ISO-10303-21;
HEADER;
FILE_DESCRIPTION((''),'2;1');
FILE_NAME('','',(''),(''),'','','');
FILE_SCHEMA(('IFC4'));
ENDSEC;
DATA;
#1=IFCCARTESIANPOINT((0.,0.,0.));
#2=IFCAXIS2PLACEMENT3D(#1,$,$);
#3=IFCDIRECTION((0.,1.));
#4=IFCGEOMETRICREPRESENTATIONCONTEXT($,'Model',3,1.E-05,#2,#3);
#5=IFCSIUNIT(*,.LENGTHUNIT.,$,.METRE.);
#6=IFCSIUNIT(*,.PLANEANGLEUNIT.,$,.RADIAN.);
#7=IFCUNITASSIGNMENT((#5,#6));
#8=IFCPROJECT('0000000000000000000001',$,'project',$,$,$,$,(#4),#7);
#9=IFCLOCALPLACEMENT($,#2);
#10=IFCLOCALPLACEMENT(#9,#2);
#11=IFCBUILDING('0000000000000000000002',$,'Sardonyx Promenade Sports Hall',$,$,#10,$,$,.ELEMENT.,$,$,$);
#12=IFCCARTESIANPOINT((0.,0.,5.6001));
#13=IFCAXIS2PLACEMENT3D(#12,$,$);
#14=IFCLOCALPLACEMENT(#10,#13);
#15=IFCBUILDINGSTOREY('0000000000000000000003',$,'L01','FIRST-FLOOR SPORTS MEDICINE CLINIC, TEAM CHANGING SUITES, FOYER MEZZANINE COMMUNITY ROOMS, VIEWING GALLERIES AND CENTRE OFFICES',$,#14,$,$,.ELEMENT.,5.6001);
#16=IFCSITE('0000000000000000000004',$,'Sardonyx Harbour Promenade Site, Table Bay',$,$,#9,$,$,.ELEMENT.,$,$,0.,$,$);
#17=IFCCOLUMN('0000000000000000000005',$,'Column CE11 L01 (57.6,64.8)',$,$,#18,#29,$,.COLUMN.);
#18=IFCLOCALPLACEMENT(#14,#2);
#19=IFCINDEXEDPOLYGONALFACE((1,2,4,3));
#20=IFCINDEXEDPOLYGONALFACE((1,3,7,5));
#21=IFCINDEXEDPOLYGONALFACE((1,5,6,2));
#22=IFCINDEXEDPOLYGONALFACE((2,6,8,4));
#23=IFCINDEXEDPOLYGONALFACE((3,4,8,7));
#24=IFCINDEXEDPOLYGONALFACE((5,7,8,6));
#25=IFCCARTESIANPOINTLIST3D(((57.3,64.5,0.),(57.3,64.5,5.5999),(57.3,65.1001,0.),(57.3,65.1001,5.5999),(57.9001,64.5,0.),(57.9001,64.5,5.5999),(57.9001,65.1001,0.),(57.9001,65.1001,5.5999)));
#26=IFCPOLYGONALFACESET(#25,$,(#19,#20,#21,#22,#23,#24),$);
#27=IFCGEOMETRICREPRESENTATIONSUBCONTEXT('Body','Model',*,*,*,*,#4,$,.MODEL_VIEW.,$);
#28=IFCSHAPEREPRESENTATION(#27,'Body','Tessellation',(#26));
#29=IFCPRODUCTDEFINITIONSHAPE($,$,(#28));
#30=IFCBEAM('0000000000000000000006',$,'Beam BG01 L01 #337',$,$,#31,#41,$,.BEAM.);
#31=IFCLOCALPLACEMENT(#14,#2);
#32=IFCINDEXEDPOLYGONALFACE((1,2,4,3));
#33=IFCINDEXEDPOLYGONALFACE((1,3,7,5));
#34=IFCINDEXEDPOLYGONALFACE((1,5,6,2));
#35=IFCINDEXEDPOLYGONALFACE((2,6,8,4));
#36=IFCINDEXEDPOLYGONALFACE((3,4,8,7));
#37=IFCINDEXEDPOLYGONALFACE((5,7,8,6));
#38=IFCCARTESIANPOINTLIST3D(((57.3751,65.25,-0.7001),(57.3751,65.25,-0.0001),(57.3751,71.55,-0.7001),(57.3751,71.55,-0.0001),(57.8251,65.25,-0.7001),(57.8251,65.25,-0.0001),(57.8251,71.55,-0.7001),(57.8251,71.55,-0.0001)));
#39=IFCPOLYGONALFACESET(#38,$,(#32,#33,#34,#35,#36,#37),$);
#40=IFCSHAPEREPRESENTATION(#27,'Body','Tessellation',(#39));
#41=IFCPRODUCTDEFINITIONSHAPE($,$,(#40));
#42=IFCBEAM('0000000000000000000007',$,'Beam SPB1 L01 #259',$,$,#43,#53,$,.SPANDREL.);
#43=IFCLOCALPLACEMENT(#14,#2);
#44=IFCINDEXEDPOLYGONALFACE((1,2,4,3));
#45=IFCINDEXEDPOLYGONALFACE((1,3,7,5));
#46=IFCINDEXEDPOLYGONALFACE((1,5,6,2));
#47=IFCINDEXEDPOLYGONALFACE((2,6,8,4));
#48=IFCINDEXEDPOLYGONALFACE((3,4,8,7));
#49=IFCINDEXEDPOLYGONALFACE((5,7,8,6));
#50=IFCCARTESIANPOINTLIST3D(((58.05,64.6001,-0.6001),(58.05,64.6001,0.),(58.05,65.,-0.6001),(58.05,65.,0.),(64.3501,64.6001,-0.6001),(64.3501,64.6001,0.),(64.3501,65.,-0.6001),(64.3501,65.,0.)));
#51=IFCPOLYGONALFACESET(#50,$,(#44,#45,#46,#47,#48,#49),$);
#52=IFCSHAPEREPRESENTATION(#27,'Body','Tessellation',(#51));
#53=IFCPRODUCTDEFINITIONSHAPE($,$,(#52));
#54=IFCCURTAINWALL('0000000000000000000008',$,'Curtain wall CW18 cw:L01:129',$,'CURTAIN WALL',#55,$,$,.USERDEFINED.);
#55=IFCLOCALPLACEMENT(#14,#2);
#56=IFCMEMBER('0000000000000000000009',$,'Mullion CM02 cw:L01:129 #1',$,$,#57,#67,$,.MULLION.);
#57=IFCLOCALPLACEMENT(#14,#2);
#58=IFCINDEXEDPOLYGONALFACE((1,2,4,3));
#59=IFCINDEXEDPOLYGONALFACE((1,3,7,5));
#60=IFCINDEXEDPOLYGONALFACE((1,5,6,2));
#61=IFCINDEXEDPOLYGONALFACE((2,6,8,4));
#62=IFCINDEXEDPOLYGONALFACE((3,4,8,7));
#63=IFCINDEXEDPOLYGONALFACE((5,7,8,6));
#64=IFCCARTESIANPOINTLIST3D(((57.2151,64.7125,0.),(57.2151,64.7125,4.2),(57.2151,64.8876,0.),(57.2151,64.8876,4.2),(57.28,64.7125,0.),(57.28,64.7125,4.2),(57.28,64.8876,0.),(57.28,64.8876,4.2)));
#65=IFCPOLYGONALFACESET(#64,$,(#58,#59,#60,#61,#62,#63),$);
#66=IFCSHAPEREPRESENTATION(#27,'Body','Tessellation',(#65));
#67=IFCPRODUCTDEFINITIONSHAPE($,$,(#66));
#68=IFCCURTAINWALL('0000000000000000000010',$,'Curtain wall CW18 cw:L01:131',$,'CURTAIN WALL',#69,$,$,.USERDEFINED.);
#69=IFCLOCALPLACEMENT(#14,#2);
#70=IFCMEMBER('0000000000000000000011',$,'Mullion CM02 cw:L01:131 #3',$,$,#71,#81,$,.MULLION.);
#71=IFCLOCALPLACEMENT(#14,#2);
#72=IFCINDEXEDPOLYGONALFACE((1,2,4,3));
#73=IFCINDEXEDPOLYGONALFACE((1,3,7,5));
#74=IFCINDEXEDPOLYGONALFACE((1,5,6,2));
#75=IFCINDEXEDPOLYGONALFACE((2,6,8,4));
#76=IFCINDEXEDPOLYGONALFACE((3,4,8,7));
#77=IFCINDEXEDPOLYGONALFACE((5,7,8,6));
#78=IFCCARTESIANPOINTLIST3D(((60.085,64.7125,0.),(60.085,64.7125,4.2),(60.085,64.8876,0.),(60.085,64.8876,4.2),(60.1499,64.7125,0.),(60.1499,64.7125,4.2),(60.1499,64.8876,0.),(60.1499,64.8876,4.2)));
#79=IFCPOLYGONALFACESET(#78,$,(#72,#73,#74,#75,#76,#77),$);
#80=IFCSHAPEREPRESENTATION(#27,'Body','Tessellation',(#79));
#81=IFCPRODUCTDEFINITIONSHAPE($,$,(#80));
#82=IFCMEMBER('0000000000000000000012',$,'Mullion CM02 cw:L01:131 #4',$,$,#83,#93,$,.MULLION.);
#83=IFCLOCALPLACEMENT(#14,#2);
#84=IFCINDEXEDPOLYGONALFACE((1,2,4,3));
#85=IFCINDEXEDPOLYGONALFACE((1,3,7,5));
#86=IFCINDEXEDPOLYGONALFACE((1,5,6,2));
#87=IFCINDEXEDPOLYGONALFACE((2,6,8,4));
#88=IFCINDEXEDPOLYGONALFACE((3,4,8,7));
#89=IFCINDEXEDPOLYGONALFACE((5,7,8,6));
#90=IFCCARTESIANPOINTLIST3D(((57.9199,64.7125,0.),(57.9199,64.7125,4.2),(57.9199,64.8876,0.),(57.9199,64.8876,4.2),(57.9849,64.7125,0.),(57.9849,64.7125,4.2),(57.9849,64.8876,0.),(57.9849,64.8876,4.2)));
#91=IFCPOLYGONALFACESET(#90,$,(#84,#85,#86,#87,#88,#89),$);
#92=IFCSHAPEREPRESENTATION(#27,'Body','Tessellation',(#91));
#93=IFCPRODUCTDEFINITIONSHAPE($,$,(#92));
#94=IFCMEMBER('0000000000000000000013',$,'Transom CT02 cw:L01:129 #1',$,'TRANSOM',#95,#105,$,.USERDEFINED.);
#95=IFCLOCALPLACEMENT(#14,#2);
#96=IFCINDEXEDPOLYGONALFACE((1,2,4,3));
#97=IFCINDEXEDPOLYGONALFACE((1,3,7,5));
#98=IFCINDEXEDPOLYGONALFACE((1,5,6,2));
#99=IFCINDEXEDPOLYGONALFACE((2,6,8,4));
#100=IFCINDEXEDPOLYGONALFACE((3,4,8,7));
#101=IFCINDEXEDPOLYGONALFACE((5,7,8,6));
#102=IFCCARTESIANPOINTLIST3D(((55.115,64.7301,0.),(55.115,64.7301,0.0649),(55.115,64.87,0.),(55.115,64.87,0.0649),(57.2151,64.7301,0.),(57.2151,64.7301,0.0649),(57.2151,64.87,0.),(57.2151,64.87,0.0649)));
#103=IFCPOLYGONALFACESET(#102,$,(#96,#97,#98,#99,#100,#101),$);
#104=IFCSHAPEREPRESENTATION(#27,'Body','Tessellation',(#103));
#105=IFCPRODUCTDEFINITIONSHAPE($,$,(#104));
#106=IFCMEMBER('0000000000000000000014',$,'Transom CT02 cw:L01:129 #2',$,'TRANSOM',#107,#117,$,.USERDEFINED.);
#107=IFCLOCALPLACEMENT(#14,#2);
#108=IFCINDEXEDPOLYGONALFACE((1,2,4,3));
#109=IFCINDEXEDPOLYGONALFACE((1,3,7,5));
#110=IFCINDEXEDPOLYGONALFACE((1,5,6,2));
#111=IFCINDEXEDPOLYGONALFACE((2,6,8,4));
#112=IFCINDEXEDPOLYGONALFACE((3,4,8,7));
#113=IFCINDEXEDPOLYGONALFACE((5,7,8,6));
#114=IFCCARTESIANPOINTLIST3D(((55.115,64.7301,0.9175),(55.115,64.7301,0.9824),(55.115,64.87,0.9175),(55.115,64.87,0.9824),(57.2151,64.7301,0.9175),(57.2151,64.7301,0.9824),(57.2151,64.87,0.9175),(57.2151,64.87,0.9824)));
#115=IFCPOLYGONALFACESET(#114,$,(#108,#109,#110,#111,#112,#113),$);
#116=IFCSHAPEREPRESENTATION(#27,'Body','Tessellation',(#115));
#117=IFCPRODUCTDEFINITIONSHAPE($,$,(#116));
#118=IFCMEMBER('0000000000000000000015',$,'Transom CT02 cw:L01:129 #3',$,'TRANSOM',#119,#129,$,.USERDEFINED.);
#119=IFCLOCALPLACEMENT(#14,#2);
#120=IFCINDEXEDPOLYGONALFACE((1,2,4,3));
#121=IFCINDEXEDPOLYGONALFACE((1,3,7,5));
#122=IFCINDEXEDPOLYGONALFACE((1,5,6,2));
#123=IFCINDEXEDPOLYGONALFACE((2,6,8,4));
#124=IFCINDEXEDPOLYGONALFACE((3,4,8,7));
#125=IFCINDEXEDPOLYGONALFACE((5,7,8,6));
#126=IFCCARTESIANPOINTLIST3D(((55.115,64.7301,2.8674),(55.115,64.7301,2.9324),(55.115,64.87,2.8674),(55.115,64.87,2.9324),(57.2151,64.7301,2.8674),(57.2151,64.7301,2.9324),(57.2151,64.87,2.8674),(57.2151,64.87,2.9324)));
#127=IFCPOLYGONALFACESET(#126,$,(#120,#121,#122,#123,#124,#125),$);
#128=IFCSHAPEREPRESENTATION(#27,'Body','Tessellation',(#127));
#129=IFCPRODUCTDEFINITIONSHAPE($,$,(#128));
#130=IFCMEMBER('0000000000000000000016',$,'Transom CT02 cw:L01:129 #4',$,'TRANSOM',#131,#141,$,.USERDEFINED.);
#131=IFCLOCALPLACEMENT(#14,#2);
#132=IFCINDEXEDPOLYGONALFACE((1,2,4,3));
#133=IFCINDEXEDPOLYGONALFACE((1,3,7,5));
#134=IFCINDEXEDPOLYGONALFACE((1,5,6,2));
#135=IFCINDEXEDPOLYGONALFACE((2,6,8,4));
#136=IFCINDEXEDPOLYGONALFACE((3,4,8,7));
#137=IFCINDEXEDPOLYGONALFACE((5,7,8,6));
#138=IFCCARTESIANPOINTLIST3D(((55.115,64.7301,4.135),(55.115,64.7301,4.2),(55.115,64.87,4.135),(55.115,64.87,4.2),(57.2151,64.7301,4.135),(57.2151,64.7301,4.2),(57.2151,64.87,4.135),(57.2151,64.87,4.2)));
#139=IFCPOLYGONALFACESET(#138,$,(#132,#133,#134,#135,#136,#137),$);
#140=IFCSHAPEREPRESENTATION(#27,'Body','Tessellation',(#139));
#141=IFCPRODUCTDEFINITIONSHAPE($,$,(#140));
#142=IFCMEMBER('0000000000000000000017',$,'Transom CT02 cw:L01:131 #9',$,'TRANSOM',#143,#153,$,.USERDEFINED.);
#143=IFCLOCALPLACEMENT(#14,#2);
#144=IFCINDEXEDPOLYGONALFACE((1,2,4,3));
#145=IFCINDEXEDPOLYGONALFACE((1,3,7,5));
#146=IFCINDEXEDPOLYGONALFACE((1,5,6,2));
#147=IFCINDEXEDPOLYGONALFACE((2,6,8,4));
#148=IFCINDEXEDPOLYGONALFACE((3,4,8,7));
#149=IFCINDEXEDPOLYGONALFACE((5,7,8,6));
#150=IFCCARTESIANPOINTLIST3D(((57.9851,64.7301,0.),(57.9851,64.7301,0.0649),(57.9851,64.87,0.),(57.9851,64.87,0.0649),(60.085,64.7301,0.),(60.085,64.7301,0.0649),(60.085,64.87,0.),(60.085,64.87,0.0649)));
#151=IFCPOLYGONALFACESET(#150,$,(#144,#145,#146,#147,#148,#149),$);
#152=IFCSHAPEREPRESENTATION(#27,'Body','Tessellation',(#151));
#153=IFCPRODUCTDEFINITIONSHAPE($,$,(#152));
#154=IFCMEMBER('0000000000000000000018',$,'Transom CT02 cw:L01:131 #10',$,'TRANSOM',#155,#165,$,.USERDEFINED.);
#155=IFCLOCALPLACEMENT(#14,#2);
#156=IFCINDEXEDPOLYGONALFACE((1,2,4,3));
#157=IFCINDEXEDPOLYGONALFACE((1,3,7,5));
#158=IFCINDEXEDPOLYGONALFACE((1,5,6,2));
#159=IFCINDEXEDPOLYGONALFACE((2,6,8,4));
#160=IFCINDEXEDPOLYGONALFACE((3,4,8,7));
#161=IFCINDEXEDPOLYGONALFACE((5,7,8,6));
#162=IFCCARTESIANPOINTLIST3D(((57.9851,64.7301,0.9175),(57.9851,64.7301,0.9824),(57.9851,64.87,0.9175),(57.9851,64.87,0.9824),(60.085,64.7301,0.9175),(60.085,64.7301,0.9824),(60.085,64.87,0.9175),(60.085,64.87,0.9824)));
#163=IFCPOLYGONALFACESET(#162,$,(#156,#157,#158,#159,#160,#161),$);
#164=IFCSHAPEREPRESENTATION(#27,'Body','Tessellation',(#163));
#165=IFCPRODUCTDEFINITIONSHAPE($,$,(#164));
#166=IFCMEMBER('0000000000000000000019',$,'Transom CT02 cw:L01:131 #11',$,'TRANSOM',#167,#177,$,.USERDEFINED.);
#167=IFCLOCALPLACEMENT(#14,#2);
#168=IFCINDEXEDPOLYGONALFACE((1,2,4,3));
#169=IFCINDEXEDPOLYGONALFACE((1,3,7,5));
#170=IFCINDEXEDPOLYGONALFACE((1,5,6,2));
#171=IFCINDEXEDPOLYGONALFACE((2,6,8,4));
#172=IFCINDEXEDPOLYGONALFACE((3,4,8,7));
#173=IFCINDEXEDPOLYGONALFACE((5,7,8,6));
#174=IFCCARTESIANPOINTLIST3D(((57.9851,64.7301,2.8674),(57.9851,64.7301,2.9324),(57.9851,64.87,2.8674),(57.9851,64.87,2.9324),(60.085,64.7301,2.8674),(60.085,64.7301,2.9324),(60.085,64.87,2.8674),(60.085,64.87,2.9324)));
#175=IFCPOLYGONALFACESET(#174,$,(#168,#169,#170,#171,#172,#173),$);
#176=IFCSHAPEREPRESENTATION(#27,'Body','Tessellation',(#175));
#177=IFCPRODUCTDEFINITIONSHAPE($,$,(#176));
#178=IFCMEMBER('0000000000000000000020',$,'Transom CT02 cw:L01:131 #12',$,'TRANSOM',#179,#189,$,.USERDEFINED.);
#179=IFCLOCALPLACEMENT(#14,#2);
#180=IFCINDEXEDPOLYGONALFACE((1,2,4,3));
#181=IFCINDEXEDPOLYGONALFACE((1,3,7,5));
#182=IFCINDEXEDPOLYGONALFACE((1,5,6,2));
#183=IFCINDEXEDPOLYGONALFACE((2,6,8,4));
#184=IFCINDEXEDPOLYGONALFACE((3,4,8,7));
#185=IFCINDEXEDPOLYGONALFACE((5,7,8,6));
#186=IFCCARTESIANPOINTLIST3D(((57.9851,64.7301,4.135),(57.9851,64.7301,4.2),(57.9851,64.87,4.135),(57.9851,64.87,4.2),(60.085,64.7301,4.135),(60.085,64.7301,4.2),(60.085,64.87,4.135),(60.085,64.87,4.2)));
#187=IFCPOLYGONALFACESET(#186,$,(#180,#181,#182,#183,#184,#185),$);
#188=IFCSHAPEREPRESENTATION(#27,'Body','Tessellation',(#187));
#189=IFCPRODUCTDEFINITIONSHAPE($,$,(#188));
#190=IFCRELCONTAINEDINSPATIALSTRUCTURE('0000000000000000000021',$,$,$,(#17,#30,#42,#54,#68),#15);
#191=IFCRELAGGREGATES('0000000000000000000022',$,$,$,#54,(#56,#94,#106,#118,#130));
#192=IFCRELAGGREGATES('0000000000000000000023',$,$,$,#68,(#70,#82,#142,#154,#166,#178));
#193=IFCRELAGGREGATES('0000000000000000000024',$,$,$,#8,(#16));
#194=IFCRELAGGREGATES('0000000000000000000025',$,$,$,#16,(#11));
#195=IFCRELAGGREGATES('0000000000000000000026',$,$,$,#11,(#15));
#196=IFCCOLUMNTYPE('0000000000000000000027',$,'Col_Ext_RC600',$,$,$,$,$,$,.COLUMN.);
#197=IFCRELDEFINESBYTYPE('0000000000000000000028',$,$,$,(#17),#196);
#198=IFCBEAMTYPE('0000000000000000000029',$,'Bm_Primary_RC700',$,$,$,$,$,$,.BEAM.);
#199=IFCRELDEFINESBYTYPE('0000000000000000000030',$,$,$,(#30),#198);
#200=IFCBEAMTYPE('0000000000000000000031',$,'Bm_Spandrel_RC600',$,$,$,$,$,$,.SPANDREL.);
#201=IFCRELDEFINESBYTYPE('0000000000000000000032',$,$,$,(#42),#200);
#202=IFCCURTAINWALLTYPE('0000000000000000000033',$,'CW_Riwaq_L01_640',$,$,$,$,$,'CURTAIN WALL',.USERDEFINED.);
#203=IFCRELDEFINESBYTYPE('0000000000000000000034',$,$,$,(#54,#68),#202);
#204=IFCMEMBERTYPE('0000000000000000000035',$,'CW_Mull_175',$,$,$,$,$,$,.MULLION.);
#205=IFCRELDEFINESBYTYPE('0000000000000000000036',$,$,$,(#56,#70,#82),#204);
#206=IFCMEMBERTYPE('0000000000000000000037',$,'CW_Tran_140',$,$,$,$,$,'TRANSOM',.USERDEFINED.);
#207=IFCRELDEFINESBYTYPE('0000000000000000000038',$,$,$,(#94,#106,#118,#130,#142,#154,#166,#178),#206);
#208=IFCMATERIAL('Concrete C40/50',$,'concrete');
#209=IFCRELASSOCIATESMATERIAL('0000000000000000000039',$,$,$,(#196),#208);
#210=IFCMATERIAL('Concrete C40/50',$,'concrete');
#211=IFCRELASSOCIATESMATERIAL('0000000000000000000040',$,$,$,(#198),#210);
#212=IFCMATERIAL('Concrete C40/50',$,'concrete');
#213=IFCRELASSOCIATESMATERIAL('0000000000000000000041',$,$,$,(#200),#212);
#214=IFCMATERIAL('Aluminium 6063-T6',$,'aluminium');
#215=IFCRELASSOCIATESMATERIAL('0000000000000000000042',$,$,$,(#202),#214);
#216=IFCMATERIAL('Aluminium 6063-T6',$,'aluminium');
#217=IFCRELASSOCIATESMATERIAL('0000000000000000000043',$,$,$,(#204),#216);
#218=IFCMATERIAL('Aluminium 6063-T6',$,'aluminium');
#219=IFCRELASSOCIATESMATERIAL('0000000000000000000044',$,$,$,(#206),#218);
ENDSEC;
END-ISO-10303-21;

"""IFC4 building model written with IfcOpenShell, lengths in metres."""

from ifc_helpers import new_model, si_unit, direction, frame, origin, origin_2d, place, context, subcontext, project, spatial, rectangle, extrude, material, material_profile, profile_set, type_object, element, aggregate, save


model = new_model("IFC4")

# Units and contexts
model_context = context("Model", 3, precision=1e-05, world=origin(), true_north=direction((0.0, 1.0)))
body_context = subcontext(model_context, "Body", "Model", "MODEL_VIEW")
ifc_project = project(units=[si_unit("LENGTHUNIT", "METRE"), si_unit("PLANEANGLEUNIT", "RADIAN")], contexts=[model_context])

# Site, building, storey
site_placement = place(None, origin())
site = spatial("IfcSite", under=ifc_project, at=site_placement, Name="Sardonyx Harbour Promenade Site, Table Bay", CompositionType="ELEMENT", RefElevation=0.0)
building_placement = place(site_placement, origin())
building = spatial("IfcBuilding", under=site, at=building_placement, Name="Sardonyx Promenade Sports Hall", CompositionType="ELEMENT")
storey_placement = place(building_placement, frame((0.0, 0.0, 5.6001)))
storey = spatial("IfcBuildingStorey", under=building, at=storey_placement, Name="L01", Description="FIRST-FLOOR SPORTS MEDICINE CLINIC, TEAM CHANGING SUITES, FOYER MEZZANINE COMMUNITY ROOMS, VIEWING GALLERIES AND CENTRE OFFICES", CompositionType="ELEMENT", Elevation=5.6001)

# Column
ifc_material_1 = material(Name="Concrete C40/50", Category="concrete")
ifc_material_profile_1 = material_profile(ifc_material_1, rectangle(XDim=0.6001, YDim=0.6001, at=origin_2d()))
ifc_profile_set_1 = profile_set([ifc_material_profile_1], Name="Concrete C40/50")
column_type = type_object("IfcColumnType", Name="Col_Ext_RC600", PredefinedType="COLUMN", material=ifc_profile_set_1)
column_placement = place(storey_placement, frame((57.6001, 64.8, 0.0), z_axis=(0.0, 0.0, 1.0), x_axis=(1.0, 0.0, 0.0)))
element("IfcColumn", 1, at=column_placement, inside=storey, type_object=column_type, Name="Column CE11 L01 (57.6,64.8)", PredefinedType="COLUMN", context=body_context, shape_type="SweptSolid", body=[
    extrude(rectangle(XDim=0.6001, YDim=0.6001, at=origin_2d()), origin(), (0.0, 0.0, 1.0), 5.5999),
])

# Beams
ifc_material_2 = material(Name="Concrete C40/50", Category="concrete")
ifc_material_profile_2 = material_profile(ifc_material_2, rectangle(XDim=0.45, YDim=0.7, at=origin_2d()))
ifc_profile_set_2 = profile_set([ifc_material_profile_2], Name="Concrete C40/50")
beam_type_1 = type_object("IfcBeamType", Name="Bm_Primary_RC700", PredefinedType="BEAM", material=ifc_profile_set_2)
beam_1_placement = place(storey_placement, frame((57.6001, 65.25, -0.3501), z_axis=(0.0, 1.0, 0.0), x_axis=(-1.0, 0.0, 0.0)))
element("IfcBeam", 2, at=beam_1_placement, inside=storey, type_object=beam_type_1, Name="Beam BG01 L01 #337", PredefinedType="BEAM", context=body_context, shape_type="SweptSolid", body=[
    extrude(rectangle(XDim=0.45, YDim=0.7, at=origin_2d()), origin(), (0.0, 0.0, 1.0), 6.3),
])
ifc_material_3 = material(Name="Concrete C40/50", Category="concrete")
ifc_material_profile_3 = material_profile(ifc_material_3, rectangle(XDim=0.3999, YDim=0.6001, at=origin_2d()))
ifc_profile_set_3 = profile_set([ifc_material_profile_3], Name="Concrete C40/50")
beam_type_2 = type_object("IfcBeamType", Name="Bm_Spandrel_RC600", PredefinedType="SPANDREL", material=ifc_profile_set_3)
beam_2_placement = place(storey_placement, frame((58.05, 64.8, -0.3), z_axis=(1.0, 0.0, 0.0), x_axis=(0.0, 1.0, 0.0)))
element("IfcBeam", 3, at=beam_2_placement, inside=storey, type_object=beam_type_2, Name="Beam SPB1 L01 #259", PredefinedType="SPANDREL", context=body_context, shape_type="SweptSolid", body=[
    extrude(rectangle(XDim=0.3999, YDim=0.6001, at=origin_2d()), origin(), (0.0, 0.0, 1.0), 6.3),
])

# Curtain wall, member
ifc_material_4 = material(Name="Aluminium 6063-T6", Category="aluminium")
curtain_wall_type = type_object("IfcCurtainWallType", Name="CW_Riwaq_L01_640", ElementType="CURTAIN WALL", PredefinedType="USERDEFINED", material=ifc_material_4)
curtain_wall_1_placement = place(storey_placement, origin())
curtain_wall_1 = element("IfcCurtainWall", 4, at=curtain_wall_1_placement, inside=storey, type_object=curtain_wall_type, Name="Curtain wall CW18 cw:L01:129", ObjectType="CURTAIN WALL", PredefinedType="USERDEFINED")
ifc_material_5 = material(Name="Aluminium 6063-T6", Category="aluminium")
ifc_material_profile_4 = material_profile(ifc_material_5, rectangle(XDim=0.0649, YDim=0.175, at=origin_2d()))
ifc_profile_set_4 = profile_set([ifc_material_profile_4], Name="Aluminium 6063-T6")
member_type_1 = type_object("IfcMemberType", Name="CW_Mull_175", PredefinedType="MULLION", material=ifc_profile_set_4)
member_1_placement = place(storey_placement, frame((57.2476, 64.8, 0.0), z_axis=(0.0, 0.0, 1.0), x_axis=(-1.0, 0.0, 0.0)))
member_1 = element("IfcMember", 5, at=member_1_placement, type_object=member_type_1, Name="Mullion CM02 cw:L01:129 #1", PredefinedType="MULLION", context=body_context, shape_type="SweptSolid", body=[
    extrude(rectangle(XDim=0.0649, YDim=0.175, at=origin_2d()), origin(), (0.0, 0.0, 1.0), 4.2),
])

# Curtain wall, members
curtain_wall_2_placement = place(storey_placement, origin())
curtain_wall_2 = element("IfcCurtainWall", 6, at=curtain_wall_2_placement, inside=storey, type_object=curtain_wall_type, Name="Curtain wall CW18 cw:L01:131", ObjectType="CURTAIN WALL", PredefinedType="USERDEFINED")
member_2_placement = place(storey_placement, frame((60.1174, 64.8, 0.0), z_axis=(0.0, 0.0, 1.0), x_axis=(-1.0, 0.0, 0.0)))
member_2 = element("IfcMember", 7, at=member_2_placement, type_object=member_type_1, Name="Mullion CM02 cw:L01:131 #3", PredefinedType="MULLION", context=body_context, shape_type="SweptSolid", body=[
    extrude(rectangle(XDim=0.0649, YDim=0.175, at=origin_2d()), origin(), (0.0, 0.0, 1.0), 4.2),
])
member_3_placement = place(storey_placement, frame((57.9524, 64.8, 0.0), z_axis=(0.0, 0.0, 1.0), x_axis=(-1.0, 0.0, 0.0)))
member_3 = element("IfcMember", 8, at=member_3_placement, type_object=member_type_1, Name="Mullion CM02 cw:L01:131 #4", PredefinedType="MULLION", context=body_context, shape_type="SweptSolid", body=[
    extrude(rectangle(XDim=0.0649, YDim=0.175, at=origin_2d()), origin(), (0.0, 0.0, 1.0), 4.2),
])

# Members
ifc_material_6 = material(Name="Aluminium 6063-T6", Category="aluminium")
ifc_material_profile_5 = material_profile(ifc_material_6, rectangle(XDim=0.0649, YDim=0.1399, at=origin_2d()))
ifc_profile_set_5 = profile_set([ifc_material_profile_5], Name="Aluminium 6063-T6")
member_type_2 = type_object("IfcMemberType", Name="CW_Tran_140", ElementType="TRANSOM", PredefinedType="USERDEFINED", material=ifc_profile_set_5)
member_4_placement = place(storey_placement, frame((57.2151, 64.8, 0.0325), z_axis=(-1.0, 0.0, 0.0), x_axis=(0.0, 0.0, 1.0)))
member_4 = element("IfcMember", 9, at=member_4_placement, type_object=member_type_2, Name="Transom CT02 cw:L01:129 #1", ObjectType="TRANSOM", PredefinedType="USERDEFINED", context=body_context, shape_type="SweptSolid", body=[
    extrude(rectangle(XDim=0.0649, YDim=0.1399, at=origin_2d()), origin(), (0.0, 0.0, 1.0), 2.1001),
])
member_5_placement = place(storey_placement, frame((57.2151, 64.8, 0.95), z_axis=(-1.0, 0.0, 0.0), x_axis=(0.0, 0.0, 1.0)))
member_5 = element("IfcMember", 10, at=member_5_placement, type_object=member_type_2, Name="Transom CT02 cw:L01:129 #2", ObjectType="TRANSOM", PredefinedType="USERDEFINED", context=body_context, shape_type="SweptSolid", body=[
    extrude(rectangle(XDim=0.0649, YDim=0.1399, at=origin_2d()), origin(), (0.0, 0.0, 1.0), 2.1001),
])
member_6_placement = place(storey_placement, frame((57.2151, 64.8, 2.8999), z_axis=(-1.0, 0.0, 0.0), x_axis=(0.0, 0.0, 1.0)))
member_6 = element("IfcMember", 11, at=member_6_placement, type_object=member_type_2, Name="Transom CT02 cw:L01:129 #3", ObjectType="TRANSOM", PredefinedType="USERDEFINED", context=body_context, shape_type="SweptSolid", body=[
    extrude(rectangle(XDim=0.0649, YDim=0.1399, at=origin_2d()), origin(), (0.0, 0.0, 1.0), 2.1001),
])
member_7_placement = place(storey_placement, frame((57.2151, 64.8, 4.1675), z_axis=(-1.0, 0.0, 0.0), x_axis=(0.0, 0.0, 1.0)))
member_7 = element("IfcMember", 12, at=member_7_placement, type_object=member_type_2, Name="Transom CT02 cw:L01:129 #4", ObjectType="TRANSOM", PredefinedType="USERDEFINED", context=body_context, shape_type="SweptSolid", body=[
    extrude(rectangle(XDim=0.0649, YDim=0.1399, at=origin_2d()), origin(), (0.0, 0.0, 1.0), 2.1001),
])
member_8_placement = place(storey_placement, frame((60.085, 64.8, 0.0325), z_axis=(-1.0, 0.0, 0.0), x_axis=(0.0, 0.0, 1.0)))
member_8 = element("IfcMember", 13, at=member_8_placement, type_object=member_type_2, Name="Transom CT02 cw:L01:131 #9", ObjectType="TRANSOM", PredefinedType="USERDEFINED", context=body_context, shape_type="SweptSolid", body=[
    extrude(rectangle(XDim=0.0649, YDim=0.1399, at=origin_2d()), origin(), (0.0, 0.0, 1.0), 2.0999),
])
member_9_placement = place(storey_placement, frame((60.085, 64.8, 0.95), z_axis=(-1.0, 0.0, 0.0), x_axis=(0.0, 0.0, 1.0)))
member_9 = element("IfcMember", 14, at=member_9_placement, type_object=member_type_2, Name="Transom CT02 cw:L01:131 #10", ObjectType="TRANSOM", PredefinedType="USERDEFINED", context=body_context, shape_type="SweptSolid", body=[
    extrude(rectangle(XDim=0.0649, YDim=0.1399, at=origin_2d()), origin(), (0.0, 0.0, 1.0), 2.0999),
])
member_10_placement = place(storey_placement, frame((60.085, 64.8, 2.8999), z_axis=(-1.0, 0.0, 0.0), x_axis=(0.0, 0.0, 1.0)))
member_10 = element("IfcMember", 15, at=member_10_placement, type_object=member_type_2, Name="Transom CT02 cw:L01:131 #11", ObjectType="TRANSOM", PredefinedType="USERDEFINED", context=body_context, shape_type="SweptSolid", body=[
    extrude(rectangle(XDim=0.0649, YDim=0.1399, at=origin_2d()), origin(), (0.0, 0.0, 1.0), 2.0999),
])
member_11_placement = place(storey_placement, frame((60.085, 64.8, 4.1675), z_axis=(-1.0, 0.0, 0.0), x_axis=(0.0, 0.0, 1.0)))
member_11 = element("IfcMember", 16, at=member_11_placement, type_object=member_type_2, Name="Transom CT02 cw:L01:131 #12", ObjectType="TRANSOM", PredefinedType="USERDEFINED", context=body_context, shape_type="SweptSolid", body=[
    extrude(rectangle(XDim=0.0649, YDim=0.1399, at=origin_2d()), origin(), (0.0, 0.0, 1.0), 2.0999),
])

aggregate(curtain_wall_1, [member_1, member_4, member_5, member_6, member_7])
aggregate(curtain_wall_2, [member_2, member_3, member_8, member_9, member_10, member_11])

save(model, "model.ifc")
